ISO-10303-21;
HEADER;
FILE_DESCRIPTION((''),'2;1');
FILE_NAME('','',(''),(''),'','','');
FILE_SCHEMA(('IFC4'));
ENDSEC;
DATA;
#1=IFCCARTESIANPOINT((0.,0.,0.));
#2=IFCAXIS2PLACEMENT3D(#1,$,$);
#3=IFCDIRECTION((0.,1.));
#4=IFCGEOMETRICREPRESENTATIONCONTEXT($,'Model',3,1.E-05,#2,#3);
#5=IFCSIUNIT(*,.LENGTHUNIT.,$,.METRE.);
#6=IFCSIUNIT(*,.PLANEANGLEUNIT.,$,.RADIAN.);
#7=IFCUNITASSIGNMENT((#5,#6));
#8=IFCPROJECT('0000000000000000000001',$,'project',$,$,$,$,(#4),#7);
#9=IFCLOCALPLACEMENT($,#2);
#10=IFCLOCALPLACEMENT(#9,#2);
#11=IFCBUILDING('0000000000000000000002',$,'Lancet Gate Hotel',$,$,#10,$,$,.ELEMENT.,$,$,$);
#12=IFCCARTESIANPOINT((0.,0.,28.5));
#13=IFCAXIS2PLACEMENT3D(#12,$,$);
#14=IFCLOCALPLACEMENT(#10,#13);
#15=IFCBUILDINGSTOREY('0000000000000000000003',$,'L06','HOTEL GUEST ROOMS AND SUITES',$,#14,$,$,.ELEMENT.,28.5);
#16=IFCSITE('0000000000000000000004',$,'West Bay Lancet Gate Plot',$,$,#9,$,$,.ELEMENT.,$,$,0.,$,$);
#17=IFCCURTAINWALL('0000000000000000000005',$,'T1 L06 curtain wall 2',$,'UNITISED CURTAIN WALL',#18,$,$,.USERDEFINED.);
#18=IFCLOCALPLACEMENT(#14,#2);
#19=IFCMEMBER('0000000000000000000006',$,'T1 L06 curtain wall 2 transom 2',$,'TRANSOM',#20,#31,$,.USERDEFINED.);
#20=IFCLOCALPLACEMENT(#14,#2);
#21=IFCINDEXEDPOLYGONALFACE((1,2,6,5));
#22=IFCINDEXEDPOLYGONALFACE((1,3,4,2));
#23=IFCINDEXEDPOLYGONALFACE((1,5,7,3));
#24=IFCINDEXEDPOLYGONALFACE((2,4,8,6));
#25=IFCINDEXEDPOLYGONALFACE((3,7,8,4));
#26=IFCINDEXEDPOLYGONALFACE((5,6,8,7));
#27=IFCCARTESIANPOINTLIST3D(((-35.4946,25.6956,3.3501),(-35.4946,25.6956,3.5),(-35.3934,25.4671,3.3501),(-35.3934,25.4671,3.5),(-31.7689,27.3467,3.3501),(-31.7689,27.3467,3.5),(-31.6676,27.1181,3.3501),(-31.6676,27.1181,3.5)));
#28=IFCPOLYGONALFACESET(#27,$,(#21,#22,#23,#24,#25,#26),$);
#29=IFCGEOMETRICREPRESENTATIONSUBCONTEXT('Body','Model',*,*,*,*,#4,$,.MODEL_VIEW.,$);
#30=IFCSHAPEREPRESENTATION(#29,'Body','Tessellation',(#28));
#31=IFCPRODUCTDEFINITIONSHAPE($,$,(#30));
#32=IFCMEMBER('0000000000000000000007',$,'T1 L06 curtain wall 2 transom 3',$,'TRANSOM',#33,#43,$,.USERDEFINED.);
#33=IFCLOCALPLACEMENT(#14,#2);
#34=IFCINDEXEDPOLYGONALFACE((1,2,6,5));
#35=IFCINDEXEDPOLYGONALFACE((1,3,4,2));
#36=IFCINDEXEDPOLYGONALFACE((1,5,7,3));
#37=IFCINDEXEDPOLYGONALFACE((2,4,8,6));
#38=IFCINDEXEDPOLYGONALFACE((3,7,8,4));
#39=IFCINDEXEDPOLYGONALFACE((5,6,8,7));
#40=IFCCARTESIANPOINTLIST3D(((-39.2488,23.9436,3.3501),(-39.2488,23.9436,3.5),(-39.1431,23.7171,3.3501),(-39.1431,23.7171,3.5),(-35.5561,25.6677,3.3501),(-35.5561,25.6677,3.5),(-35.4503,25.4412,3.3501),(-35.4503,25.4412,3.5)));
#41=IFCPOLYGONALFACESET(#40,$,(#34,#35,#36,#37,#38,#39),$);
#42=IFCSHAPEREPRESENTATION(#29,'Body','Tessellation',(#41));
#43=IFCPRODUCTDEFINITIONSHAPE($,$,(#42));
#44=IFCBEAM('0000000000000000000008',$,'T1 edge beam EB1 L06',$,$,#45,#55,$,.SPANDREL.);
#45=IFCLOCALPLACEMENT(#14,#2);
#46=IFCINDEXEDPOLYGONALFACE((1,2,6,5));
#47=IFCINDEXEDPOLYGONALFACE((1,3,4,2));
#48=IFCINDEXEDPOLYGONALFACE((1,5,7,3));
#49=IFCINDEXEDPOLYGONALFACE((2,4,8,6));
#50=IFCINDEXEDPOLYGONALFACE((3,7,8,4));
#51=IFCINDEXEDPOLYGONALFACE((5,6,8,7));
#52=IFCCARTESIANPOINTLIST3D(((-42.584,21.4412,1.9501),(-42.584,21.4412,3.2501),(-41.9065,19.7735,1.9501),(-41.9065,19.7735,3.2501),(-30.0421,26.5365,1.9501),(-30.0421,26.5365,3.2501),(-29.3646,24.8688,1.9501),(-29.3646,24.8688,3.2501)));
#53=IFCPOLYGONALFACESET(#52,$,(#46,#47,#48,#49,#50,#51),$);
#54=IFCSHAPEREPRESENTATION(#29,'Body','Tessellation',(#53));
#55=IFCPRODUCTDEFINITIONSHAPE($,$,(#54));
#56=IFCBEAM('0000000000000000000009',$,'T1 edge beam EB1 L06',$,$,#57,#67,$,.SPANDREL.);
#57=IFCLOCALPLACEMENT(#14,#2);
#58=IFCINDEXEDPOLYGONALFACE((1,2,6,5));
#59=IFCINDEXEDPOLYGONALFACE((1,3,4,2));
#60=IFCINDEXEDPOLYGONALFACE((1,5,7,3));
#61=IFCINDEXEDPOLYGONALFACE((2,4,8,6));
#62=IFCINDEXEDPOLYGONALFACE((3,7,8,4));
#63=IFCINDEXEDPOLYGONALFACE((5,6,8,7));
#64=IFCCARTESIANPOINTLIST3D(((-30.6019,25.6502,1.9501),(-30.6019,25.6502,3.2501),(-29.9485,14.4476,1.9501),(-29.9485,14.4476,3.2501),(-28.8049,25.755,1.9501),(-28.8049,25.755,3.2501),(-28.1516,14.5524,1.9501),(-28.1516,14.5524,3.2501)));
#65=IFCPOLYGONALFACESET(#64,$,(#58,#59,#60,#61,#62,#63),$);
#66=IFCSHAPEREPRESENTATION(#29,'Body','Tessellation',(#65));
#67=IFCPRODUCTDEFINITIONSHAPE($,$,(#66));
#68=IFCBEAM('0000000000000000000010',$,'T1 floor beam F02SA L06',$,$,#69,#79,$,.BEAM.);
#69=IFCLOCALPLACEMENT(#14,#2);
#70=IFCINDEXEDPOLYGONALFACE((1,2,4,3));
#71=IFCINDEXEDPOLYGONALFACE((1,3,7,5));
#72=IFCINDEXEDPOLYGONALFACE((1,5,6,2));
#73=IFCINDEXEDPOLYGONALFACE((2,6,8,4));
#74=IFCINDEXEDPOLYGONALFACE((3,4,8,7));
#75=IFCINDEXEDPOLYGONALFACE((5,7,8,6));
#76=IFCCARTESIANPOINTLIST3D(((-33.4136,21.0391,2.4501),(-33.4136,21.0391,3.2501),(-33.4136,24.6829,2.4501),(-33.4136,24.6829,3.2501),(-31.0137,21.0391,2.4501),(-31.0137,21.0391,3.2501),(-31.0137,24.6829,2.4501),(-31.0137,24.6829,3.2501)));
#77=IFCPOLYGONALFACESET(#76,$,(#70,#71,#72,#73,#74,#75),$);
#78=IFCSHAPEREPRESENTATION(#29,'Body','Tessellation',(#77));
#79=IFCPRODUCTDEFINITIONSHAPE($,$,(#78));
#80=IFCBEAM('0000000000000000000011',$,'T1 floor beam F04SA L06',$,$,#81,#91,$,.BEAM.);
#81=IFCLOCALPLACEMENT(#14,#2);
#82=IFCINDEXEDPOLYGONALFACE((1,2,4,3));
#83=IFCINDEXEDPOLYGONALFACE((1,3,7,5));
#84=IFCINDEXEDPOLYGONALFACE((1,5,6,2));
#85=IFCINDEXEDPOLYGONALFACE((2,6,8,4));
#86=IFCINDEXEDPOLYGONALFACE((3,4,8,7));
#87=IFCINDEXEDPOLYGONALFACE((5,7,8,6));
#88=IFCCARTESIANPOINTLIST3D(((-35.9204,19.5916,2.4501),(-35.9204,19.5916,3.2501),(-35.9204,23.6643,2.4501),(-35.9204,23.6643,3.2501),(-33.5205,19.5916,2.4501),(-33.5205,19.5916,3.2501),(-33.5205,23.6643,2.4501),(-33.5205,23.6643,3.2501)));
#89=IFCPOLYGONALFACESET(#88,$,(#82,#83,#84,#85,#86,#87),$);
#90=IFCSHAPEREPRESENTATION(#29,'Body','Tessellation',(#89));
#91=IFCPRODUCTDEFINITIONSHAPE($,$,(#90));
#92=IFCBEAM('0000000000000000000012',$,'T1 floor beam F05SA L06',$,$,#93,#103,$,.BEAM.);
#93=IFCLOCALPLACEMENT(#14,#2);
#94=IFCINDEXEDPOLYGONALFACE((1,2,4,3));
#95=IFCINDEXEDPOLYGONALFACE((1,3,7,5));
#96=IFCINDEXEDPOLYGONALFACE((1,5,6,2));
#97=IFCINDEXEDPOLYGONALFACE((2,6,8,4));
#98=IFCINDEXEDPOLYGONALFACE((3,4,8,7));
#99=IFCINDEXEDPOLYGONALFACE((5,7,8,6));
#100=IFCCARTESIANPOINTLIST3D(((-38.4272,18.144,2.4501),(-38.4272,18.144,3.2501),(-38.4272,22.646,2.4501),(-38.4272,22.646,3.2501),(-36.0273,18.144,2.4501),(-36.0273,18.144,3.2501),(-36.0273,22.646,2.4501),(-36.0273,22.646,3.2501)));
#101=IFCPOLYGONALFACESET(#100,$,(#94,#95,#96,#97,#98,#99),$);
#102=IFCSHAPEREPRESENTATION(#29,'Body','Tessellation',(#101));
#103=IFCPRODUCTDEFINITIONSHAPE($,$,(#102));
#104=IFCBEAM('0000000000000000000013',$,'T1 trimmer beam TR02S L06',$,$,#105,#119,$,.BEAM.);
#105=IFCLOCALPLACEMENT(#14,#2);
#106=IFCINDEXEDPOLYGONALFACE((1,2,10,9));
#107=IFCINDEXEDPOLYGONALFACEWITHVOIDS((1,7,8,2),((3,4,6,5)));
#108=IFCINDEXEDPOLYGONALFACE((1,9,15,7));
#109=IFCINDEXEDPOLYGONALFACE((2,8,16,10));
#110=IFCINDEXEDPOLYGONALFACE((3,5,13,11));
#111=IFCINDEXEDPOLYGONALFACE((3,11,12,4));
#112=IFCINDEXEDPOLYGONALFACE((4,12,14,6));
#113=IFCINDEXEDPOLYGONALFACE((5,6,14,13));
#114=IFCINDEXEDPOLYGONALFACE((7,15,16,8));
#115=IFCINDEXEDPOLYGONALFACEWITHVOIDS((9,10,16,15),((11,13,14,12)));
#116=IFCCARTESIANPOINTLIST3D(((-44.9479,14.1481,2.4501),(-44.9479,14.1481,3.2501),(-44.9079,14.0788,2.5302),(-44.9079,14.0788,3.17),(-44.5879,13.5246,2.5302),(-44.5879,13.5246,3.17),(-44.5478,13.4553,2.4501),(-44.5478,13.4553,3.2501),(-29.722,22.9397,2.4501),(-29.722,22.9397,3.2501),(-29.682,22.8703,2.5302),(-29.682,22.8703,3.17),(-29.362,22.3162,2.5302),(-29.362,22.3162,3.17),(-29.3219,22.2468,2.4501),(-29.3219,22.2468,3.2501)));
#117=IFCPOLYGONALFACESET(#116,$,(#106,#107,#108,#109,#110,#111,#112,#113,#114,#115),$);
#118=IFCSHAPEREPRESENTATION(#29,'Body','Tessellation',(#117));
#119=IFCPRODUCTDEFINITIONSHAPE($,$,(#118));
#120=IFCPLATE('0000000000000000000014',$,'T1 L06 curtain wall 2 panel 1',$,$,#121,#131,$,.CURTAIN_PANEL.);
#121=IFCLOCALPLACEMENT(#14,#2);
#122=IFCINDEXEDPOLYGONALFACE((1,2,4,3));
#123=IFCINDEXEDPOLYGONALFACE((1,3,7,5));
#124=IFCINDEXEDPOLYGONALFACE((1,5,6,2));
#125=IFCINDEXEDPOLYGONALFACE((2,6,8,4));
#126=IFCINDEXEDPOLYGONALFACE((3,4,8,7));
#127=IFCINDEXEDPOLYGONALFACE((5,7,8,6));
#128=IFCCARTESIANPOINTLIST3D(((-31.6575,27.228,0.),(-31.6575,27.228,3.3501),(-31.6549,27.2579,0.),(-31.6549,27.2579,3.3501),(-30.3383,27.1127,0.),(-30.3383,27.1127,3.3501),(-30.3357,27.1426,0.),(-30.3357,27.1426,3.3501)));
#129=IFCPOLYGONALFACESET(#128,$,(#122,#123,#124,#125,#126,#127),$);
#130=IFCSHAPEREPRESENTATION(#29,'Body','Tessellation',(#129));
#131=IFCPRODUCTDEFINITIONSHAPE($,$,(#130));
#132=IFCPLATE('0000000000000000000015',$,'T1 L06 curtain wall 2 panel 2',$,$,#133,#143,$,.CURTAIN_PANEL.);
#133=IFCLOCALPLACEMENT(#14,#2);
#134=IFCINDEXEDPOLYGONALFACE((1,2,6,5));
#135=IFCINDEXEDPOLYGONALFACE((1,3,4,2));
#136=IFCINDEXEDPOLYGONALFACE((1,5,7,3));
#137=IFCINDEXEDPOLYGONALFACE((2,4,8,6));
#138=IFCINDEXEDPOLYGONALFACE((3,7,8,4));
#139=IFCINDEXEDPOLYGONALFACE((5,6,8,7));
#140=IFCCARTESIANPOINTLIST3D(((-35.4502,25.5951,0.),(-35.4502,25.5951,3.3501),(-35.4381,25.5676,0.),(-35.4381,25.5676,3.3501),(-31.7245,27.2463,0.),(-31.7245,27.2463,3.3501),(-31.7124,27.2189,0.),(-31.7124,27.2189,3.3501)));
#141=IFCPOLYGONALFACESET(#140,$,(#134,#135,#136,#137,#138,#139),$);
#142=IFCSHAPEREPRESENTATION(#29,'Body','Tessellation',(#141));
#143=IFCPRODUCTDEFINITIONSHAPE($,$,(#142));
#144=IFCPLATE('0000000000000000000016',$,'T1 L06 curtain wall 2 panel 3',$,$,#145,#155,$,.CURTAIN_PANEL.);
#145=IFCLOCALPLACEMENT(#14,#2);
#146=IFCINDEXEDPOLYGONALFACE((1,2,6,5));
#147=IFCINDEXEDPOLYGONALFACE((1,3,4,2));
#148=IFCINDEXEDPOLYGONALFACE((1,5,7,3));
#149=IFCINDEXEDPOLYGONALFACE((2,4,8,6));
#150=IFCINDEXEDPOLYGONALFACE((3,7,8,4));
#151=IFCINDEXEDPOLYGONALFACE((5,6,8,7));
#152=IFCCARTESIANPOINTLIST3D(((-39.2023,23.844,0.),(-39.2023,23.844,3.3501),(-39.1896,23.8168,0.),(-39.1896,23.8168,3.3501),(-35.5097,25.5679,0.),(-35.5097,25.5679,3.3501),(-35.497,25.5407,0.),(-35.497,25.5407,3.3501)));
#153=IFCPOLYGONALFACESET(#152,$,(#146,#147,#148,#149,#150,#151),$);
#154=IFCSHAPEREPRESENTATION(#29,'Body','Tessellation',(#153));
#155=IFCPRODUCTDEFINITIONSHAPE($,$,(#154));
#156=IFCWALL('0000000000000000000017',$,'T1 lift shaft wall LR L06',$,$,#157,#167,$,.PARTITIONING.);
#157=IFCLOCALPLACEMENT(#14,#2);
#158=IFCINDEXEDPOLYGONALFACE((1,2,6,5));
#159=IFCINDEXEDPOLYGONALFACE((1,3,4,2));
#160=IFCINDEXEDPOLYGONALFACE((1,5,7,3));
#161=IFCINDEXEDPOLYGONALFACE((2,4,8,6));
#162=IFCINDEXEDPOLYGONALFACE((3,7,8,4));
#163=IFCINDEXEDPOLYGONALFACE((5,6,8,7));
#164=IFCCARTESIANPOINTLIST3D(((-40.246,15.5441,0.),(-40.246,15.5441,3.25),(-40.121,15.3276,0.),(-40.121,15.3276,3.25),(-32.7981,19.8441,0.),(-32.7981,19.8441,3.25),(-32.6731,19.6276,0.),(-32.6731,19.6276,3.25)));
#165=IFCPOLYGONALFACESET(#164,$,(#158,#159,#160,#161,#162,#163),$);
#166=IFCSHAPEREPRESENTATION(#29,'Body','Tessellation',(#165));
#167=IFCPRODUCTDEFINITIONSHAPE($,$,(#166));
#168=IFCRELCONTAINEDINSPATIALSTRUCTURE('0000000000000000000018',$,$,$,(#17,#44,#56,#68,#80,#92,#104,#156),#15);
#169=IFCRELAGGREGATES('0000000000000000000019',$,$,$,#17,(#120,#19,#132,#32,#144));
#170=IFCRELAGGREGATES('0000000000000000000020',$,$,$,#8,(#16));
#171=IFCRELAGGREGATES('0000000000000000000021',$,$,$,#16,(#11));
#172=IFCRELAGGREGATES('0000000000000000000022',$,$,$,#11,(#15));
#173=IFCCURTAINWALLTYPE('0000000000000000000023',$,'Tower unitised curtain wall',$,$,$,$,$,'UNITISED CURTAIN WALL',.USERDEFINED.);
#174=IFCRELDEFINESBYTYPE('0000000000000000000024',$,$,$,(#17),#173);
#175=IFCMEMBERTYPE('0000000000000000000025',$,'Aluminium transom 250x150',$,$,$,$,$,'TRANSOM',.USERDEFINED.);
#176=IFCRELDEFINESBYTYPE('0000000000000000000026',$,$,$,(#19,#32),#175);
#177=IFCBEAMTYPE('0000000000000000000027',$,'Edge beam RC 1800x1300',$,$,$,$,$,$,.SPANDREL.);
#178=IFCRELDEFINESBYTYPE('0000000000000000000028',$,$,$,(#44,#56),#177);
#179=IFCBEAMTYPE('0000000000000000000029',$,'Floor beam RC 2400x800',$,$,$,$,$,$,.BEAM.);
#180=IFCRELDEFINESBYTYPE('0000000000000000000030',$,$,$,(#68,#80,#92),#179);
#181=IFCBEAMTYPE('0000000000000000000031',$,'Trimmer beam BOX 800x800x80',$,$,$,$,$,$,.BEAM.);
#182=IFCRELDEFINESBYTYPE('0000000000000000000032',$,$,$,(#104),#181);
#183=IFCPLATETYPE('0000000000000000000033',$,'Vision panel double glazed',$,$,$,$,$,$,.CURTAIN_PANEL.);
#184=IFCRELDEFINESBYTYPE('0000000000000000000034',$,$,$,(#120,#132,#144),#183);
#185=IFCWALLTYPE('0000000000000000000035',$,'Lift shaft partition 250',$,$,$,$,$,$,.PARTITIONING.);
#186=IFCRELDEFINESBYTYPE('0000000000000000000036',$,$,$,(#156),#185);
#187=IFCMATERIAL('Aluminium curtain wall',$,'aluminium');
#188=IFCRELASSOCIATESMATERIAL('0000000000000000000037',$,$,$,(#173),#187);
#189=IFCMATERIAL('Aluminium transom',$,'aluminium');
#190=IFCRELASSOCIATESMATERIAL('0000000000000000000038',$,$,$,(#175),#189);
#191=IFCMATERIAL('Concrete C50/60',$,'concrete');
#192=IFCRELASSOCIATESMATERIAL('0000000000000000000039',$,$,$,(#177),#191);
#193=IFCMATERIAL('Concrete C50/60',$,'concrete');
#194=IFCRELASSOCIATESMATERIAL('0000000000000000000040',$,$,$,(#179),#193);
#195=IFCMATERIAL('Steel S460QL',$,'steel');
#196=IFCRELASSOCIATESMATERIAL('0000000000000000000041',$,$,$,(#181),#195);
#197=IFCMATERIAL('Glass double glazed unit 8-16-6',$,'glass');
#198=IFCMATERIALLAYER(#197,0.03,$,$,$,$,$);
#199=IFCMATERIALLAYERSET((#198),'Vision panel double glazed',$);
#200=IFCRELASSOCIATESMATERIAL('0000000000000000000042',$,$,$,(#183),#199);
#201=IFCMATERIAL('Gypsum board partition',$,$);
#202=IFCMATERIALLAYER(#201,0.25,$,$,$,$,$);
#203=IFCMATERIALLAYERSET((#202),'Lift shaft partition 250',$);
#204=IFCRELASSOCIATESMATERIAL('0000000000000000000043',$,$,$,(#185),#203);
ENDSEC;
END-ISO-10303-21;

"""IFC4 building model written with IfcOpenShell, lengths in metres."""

from ifc_helpers import new_model, si_unit, direction, frame, frame_2d, origin, origin_2d, place, context, subcontext, project, spatial, rectangle, hollow_rectangle, extrude, material, layer, layer_set, material_profile, profile_set, type_object, element, aggregate, save


model = new_model("IFC4")

# Units and contexts
model_context = context("Model", 3, precision=1e-05, world=origin(), true_north=direction((0.0, 1.0)))
body_context = subcontext(model_context, "Body", "Model", "MODEL_VIEW")
ifc_project = project(units=[si_unit("LENGTHUNIT", "METRE"), si_unit("PLANEANGLEUNIT", "RADIAN")], contexts=[model_context])

# Site, building, storey
site_placement = place(None, origin())
site = spatial("IfcSite", under=ifc_project, at=site_placement, Name="West Bay Lancet Gate Plot", CompositionType="ELEMENT", RefElevation=0.0)
building_placement = place(site_placement, origin())
building = spatial("IfcBuilding", under=site, at=building_placement, Name="Lancet Gate Hotel", CompositionType="ELEMENT")
storey_placement = place(building_placement, frame((0.0, 0.0, 28.5)))
storey = spatial("IfcBuildingStorey", under=building, at=storey_placement, Name="L06", Description="HOTEL GUEST ROOMS AND SUITES", CompositionType="ELEMENT", Elevation=28.5)

# Curtain wall, members
ifc_material_1 = material(Name="Aluminium curtain wall", Category="aluminium")
curtain_wall_type = type_object("IfcCurtainWallType", Name="Tower unitised curtain wall", ElementType="UNITISED CURTAIN WALL", PredefinedType="USERDEFINED", material=ifc_material_1)
curtain_wall_placement = place(storey_placement, origin())
curtain_wall = element("IfcCurtainWall", 1, at=curtain_wall_placement, inside=storey, type_object=curtain_wall_type, Name="T1 L06 curtain wall 2", ObjectType="UNITISED CURTAIN WALL", PredefinedType="USERDEFINED")
ifc_material_2 = material(Name="Aluminium transom", Category="aluminium")
ifc_material_profile_1 = material_profile(ifc_material_2, rectangle(XDim=0.25, YDim=0.1499, at=origin_2d()), Name="TRANSOM 250x150")
ifc_profile_set_1 = profile_set([ifc_material_profile_1], Name="Aluminium transom")
member_type_1 = type_object("IfcMemberType", Name="Aluminium transom 250x150", ElementType="TRANSOM", PredefinedType="USERDEFINED", material=ifc_profile_set_1)
member_1_placement = place(storey_placement, frame((-31.7183, 27.2324, 3.425), z_axis=(-0.914248, -0.405154, 0.0), x_axis=(0.405154, -0.914248, 0.0)))
member_1 = element("IfcMember", 2, at=member_1_placement, type_object=member_type_1, Name="T1 L06 curtain wall 2 transom 2", ObjectType="TRANSOM", PredefinedType="USERDEFINED", context=body_context, shape_type="SweptSolid", body=[
    extrude(rectangle(XDim=0.25, YDim=0.1499, at=origin_2d()), origin(), (0.0, 0.0, 1.0), 4.0752),
])
member_2_placement = place(storey_placement, frame((-35.5032, 25.5544, 3.425), z_axis=(-0.90611, -0.423043, 0.0), x_axis=(0.423043, -0.90611, 0.0)))
member_2 = element("IfcMember", 3, at=member_2_placement, type_object=member_type_1, Name="T1 L06 curtain wall 2 transom 3", ObjectType="TRANSOM", PredefinedType="USERDEFINED", context=body_context, shape_type="SweptSolid", body=[
    extrude(rectangle(XDim=0.25, YDim=0.1499, at=origin_2d()), origin(), (0.0, 0.0, 1.0), 4.0754),
])

# Beams
ifc_material_3 = material(Name="Concrete C50/60", Category="concrete")
ifc_material_profile_2 = material_profile(ifc_material_3, rectangle(XDim=1.8, YDim=1.3, at=origin_2d()), Name="RC 1800x1300")
ifc_profile_set_2 = profile_set([ifc_material_profile_2], Name="Concrete C50/60")
beam_type_1 = type_object("IfcBeamType", Name="Edge beam RC 1800x1300", PredefinedType="SPANDREL", material=ifc_profile_set_2)
beam_1_placement = place(storey_placement, frame((-29.7034, 25.7026, 2.6001), z_axis=(-0.926463, -0.376385, 0.0), x_axis=(0.376385, -0.926463, 0.0)))
element("IfcBeam", 4, at=beam_1_placement, inside=storey, type_object=beam_type_1, Name="T1 edge beam EB1 L06", PredefinedType="SPANDREL", context=body_context, shape_type="SweptSolid", body=[
    extrude(rectangle(XDim=1.8, YDim=1.3, at=origin_2d()), origin(), (0.0, 0.0, 1.0), 13.5374),
])
beam_2_placement = place(storey_placement, frame((-29.7034, 25.7026, 2.6001), z_axis=(0.05822, -0.998304, 0.0), x_axis=(0.998304, 0.05822, 0.0)))
element("IfcBeam", 5, at=beam_2_placement, inside=storey, type_object=beam_type_1, Name="T1 edge beam EB1 L06", PredefinedType="SPANDREL", context=body_context, shape_type="SweptSolid", body=[
    extrude(rectangle(XDim=1.8, YDim=1.3, at=origin_2d()), origin(), (0.0, 0.0, 1.0), 11.2217),
])
ifc_material_4 = material(Name="Concrete C50/60", Category="concrete")
ifc_material_profile_3 = material_profile(ifc_material_4, rectangle(XDim=2.3999, YDim=0.8, at=origin_2d()), Name="RC 2400x800")
ifc_profile_set_3 = profile_set([ifc_material_profile_3], Name="Concrete C50/60")
beam_type_2 = type_object("IfcBeamType", Name="Floor beam RC 2400x800", PredefinedType="BEAM", material=ifc_profile_set_3)
beam_3_placement = place(storey_placement, frame((-32.2136, 24.6829, 2.8501), z_axis=(0.0, -1.0, 0.0), x_axis=(1.0, 0.0, 0.0)))
element("IfcBeam", 6, at=beam_3_placement, inside=storey, type_object=beam_type_2, Name="T1 floor beam F02SA L06", PredefinedType="BEAM", context=body_context, shape_type="SweptSolid", body=[
    extrude(rectangle(XDim=2.3999, YDim=0.8, at=origin_2d()), origin(), (0.0, 0.0, 1.0), 3.6438),
])
beam_4_placement = place(storey_placement, frame((-34.7205, 23.6643, 2.8501), z_axis=(0.0, -1.0, 0.0), x_axis=(1.0, 0.0, 0.0)))
element("IfcBeam", 7, at=beam_4_placement, inside=storey, type_object=beam_type_2, Name="T1 floor beam F04SA L06", PredefinedType="BEAM", context=body_context, shape_type="SweptSolid", body=[
    extrude(rectangle(XDim=2.3999, YDim=0.8, at=origin_2d()), origin(), (0.0, 0.0, 1.0), 4.0728),
])
beam_5_placement = place(storey_placement, frame((-37.2273, 22.646, 2.8501), z_axis=(0.0, -1.0, 0.0), x_axis=(1.0, 0.0, 0.0)))
element("IfcBeam", 8, at=beam_5_placement, inside=storey, type_object=beam_type_2, Name="T1 floor beam F05SA L06", PredefinedType="BEAM", context=body_context, shape_type="SweptSolid", body=[
    extrude(rectangle(XDim=2.3999, YDim=0.8, at=origin_2d()), origin(), (0.0, 0.0, 1.0), 4.502),
])
ifc_material_5 = material(Name="Steel S460QL", Category="steel")
ifc_material_profile_4 = material_profile(ifc_material_5, hollow_rectangle(XDim=0.8, YDim=0.8, WallThickness=0.0801, at=origin_2d()), Name="BOX 800x800x80")
ifc_profile_set_4 = profile_set([ifc_material_profile_4], Name="Steel S460QL")
beam_type_3 = type_object("IfcBeamType", Name="Trimmer beam BOX 800x800x80", PredefinedType="BEAM", material=ifc_profile_set_4)
beam_6_placement = place(storey_placement, frame((-29.522, 22.5933, 2.8501), z_axis=(-0.866004, -0.500037, 0.0), x_axis=(0.500037, -0.866004, 0.0)))
element("IfcBeam", 9, at=beam_6_placement, inside=storey, type_object=beam_type_3, Name="T1 trimmer beam TR02S L06", PredefinedType="BEAM", context=body_context, shape_type="SweptSolid", body=[
    extrude(hollow_rectangle(XDim=0.8, YDim=0.8, WallThickness=0.0801, at=origin_2d()), origin(), (0.0, 0.0, 1.0), 17.5818),
])

# Plates
ifc_material_6 = material(Name="Glass double glazed unit 8-16-6", Category="glass")
ifc_layer_1 = layer(ifc_material_6, 0.03)
ifc_layer_set_1 = layer_set([ifc_layer_1], Name="Vision panel double glazed")
plate_type = type_object("IfcPlateType", Name="Vision panel double glazed", PredefinedType="CURTAIN_PANEL", material=ifc_layer_set_1)
plate_1_placement = place(storey_placement, frame((-30.9966, 27.1853, 0.0), z_axis=(0.0, 0.0, 1.0), x_axis=(-0.996204, 0.087052, 0.0)))
plate_1 = element("IfcPlate", 10, at=plate_1_placement, type_object=plate_type, Name="T1 L06 curtain wall 2 panel 1", PredefinedType="CURTAIN_PANEL", context=body_context, shape_type="SweptSolid", body=[
    extrude(rectangle(XDim=1.3242, YDim=0.03, at=origin_2d()), origin(), (0.0, 0.0, 1.0), 3.3501),
])
plate_2_placement = place(storey_placement, frame((-33.5813, 26.407, 0.0), z_axis=(0.0, 0.0, 1.0), x_axis=(-0.914234, -0.405186, 0.0)))
plate_2 = element("IfcPlate", 11, at=plate_2_placement, type_object=plate_type, Name="T1 L06 curtain wall 2 panel 2", PredefinedType="CURTAIN_PANEL", context=body_context, shape_type="SweptSolid", body=[
    extrude(rectangle(XDim=4.0752, YDim=0.03, at=origin_2d()), origin(), (0.0, 0.0, 1.0), 3.3501),
])
plate_3_placement = place(storey_placement, frame((-37.3496, 24.6924, 0.0), z_axis=(0.0, 0.0, 1.0), x_axis=(-0.906118, -0.423026, 0.0)))
plate_3 = element("IfcPlate", 12, at=plate_3_placement, type_object=plate_type, Name="T1 L06 curtain wall 2 panel 3", PredefinedType="CURTAIN_PANEL", context=body_context, shape_type="SweptSolid", body=[
    extrude(rectangle(XDim=4.0752, YDim=0.03, at=origin_2d()), origin(), (0.0, 0.0, 1.0), 3.3501),
])
aggregate(curtain_wall, [plate_1, member_1, plate_2, member_2, plate_3])

# Wall
ifc_material_7 = material(Name="Gypsum board partition")
ifc_layer_2 = layer(ifc_material_7, 0.25)
ifc_layer_set_2 = layer_set([ifc_layer_2], Name="Lift shaft partition 250")
wall_type = type_object("IfcWallType", Name="Lift shaft partition 250", PredefinedType="PARTITIONING", material=ifc_layer_set_2)
wall_placement = place(storey_placement, frame((-32.7356, 19.7358, 0.0), z_axis=(0.0, 0.0, 1.0), x_axis=(-0.866028, -0.499995, 0.0)))
element("IfcWall", 13, at=wall_placement, inside=storey, type_object=wall_type, Name="T1 lift shaft wall LR L06", PredefinedType="PARTITIONING", context=body_context, shape_type="SweptSolid", body=[
    extrude(rectangle(XDim=8.6001, YDim=0.25, at=frame_2d((4.3, 0.0))), origin(), (0.0, 0.0, 1.0), 3.25),
])

save(model, "model.ifc")
